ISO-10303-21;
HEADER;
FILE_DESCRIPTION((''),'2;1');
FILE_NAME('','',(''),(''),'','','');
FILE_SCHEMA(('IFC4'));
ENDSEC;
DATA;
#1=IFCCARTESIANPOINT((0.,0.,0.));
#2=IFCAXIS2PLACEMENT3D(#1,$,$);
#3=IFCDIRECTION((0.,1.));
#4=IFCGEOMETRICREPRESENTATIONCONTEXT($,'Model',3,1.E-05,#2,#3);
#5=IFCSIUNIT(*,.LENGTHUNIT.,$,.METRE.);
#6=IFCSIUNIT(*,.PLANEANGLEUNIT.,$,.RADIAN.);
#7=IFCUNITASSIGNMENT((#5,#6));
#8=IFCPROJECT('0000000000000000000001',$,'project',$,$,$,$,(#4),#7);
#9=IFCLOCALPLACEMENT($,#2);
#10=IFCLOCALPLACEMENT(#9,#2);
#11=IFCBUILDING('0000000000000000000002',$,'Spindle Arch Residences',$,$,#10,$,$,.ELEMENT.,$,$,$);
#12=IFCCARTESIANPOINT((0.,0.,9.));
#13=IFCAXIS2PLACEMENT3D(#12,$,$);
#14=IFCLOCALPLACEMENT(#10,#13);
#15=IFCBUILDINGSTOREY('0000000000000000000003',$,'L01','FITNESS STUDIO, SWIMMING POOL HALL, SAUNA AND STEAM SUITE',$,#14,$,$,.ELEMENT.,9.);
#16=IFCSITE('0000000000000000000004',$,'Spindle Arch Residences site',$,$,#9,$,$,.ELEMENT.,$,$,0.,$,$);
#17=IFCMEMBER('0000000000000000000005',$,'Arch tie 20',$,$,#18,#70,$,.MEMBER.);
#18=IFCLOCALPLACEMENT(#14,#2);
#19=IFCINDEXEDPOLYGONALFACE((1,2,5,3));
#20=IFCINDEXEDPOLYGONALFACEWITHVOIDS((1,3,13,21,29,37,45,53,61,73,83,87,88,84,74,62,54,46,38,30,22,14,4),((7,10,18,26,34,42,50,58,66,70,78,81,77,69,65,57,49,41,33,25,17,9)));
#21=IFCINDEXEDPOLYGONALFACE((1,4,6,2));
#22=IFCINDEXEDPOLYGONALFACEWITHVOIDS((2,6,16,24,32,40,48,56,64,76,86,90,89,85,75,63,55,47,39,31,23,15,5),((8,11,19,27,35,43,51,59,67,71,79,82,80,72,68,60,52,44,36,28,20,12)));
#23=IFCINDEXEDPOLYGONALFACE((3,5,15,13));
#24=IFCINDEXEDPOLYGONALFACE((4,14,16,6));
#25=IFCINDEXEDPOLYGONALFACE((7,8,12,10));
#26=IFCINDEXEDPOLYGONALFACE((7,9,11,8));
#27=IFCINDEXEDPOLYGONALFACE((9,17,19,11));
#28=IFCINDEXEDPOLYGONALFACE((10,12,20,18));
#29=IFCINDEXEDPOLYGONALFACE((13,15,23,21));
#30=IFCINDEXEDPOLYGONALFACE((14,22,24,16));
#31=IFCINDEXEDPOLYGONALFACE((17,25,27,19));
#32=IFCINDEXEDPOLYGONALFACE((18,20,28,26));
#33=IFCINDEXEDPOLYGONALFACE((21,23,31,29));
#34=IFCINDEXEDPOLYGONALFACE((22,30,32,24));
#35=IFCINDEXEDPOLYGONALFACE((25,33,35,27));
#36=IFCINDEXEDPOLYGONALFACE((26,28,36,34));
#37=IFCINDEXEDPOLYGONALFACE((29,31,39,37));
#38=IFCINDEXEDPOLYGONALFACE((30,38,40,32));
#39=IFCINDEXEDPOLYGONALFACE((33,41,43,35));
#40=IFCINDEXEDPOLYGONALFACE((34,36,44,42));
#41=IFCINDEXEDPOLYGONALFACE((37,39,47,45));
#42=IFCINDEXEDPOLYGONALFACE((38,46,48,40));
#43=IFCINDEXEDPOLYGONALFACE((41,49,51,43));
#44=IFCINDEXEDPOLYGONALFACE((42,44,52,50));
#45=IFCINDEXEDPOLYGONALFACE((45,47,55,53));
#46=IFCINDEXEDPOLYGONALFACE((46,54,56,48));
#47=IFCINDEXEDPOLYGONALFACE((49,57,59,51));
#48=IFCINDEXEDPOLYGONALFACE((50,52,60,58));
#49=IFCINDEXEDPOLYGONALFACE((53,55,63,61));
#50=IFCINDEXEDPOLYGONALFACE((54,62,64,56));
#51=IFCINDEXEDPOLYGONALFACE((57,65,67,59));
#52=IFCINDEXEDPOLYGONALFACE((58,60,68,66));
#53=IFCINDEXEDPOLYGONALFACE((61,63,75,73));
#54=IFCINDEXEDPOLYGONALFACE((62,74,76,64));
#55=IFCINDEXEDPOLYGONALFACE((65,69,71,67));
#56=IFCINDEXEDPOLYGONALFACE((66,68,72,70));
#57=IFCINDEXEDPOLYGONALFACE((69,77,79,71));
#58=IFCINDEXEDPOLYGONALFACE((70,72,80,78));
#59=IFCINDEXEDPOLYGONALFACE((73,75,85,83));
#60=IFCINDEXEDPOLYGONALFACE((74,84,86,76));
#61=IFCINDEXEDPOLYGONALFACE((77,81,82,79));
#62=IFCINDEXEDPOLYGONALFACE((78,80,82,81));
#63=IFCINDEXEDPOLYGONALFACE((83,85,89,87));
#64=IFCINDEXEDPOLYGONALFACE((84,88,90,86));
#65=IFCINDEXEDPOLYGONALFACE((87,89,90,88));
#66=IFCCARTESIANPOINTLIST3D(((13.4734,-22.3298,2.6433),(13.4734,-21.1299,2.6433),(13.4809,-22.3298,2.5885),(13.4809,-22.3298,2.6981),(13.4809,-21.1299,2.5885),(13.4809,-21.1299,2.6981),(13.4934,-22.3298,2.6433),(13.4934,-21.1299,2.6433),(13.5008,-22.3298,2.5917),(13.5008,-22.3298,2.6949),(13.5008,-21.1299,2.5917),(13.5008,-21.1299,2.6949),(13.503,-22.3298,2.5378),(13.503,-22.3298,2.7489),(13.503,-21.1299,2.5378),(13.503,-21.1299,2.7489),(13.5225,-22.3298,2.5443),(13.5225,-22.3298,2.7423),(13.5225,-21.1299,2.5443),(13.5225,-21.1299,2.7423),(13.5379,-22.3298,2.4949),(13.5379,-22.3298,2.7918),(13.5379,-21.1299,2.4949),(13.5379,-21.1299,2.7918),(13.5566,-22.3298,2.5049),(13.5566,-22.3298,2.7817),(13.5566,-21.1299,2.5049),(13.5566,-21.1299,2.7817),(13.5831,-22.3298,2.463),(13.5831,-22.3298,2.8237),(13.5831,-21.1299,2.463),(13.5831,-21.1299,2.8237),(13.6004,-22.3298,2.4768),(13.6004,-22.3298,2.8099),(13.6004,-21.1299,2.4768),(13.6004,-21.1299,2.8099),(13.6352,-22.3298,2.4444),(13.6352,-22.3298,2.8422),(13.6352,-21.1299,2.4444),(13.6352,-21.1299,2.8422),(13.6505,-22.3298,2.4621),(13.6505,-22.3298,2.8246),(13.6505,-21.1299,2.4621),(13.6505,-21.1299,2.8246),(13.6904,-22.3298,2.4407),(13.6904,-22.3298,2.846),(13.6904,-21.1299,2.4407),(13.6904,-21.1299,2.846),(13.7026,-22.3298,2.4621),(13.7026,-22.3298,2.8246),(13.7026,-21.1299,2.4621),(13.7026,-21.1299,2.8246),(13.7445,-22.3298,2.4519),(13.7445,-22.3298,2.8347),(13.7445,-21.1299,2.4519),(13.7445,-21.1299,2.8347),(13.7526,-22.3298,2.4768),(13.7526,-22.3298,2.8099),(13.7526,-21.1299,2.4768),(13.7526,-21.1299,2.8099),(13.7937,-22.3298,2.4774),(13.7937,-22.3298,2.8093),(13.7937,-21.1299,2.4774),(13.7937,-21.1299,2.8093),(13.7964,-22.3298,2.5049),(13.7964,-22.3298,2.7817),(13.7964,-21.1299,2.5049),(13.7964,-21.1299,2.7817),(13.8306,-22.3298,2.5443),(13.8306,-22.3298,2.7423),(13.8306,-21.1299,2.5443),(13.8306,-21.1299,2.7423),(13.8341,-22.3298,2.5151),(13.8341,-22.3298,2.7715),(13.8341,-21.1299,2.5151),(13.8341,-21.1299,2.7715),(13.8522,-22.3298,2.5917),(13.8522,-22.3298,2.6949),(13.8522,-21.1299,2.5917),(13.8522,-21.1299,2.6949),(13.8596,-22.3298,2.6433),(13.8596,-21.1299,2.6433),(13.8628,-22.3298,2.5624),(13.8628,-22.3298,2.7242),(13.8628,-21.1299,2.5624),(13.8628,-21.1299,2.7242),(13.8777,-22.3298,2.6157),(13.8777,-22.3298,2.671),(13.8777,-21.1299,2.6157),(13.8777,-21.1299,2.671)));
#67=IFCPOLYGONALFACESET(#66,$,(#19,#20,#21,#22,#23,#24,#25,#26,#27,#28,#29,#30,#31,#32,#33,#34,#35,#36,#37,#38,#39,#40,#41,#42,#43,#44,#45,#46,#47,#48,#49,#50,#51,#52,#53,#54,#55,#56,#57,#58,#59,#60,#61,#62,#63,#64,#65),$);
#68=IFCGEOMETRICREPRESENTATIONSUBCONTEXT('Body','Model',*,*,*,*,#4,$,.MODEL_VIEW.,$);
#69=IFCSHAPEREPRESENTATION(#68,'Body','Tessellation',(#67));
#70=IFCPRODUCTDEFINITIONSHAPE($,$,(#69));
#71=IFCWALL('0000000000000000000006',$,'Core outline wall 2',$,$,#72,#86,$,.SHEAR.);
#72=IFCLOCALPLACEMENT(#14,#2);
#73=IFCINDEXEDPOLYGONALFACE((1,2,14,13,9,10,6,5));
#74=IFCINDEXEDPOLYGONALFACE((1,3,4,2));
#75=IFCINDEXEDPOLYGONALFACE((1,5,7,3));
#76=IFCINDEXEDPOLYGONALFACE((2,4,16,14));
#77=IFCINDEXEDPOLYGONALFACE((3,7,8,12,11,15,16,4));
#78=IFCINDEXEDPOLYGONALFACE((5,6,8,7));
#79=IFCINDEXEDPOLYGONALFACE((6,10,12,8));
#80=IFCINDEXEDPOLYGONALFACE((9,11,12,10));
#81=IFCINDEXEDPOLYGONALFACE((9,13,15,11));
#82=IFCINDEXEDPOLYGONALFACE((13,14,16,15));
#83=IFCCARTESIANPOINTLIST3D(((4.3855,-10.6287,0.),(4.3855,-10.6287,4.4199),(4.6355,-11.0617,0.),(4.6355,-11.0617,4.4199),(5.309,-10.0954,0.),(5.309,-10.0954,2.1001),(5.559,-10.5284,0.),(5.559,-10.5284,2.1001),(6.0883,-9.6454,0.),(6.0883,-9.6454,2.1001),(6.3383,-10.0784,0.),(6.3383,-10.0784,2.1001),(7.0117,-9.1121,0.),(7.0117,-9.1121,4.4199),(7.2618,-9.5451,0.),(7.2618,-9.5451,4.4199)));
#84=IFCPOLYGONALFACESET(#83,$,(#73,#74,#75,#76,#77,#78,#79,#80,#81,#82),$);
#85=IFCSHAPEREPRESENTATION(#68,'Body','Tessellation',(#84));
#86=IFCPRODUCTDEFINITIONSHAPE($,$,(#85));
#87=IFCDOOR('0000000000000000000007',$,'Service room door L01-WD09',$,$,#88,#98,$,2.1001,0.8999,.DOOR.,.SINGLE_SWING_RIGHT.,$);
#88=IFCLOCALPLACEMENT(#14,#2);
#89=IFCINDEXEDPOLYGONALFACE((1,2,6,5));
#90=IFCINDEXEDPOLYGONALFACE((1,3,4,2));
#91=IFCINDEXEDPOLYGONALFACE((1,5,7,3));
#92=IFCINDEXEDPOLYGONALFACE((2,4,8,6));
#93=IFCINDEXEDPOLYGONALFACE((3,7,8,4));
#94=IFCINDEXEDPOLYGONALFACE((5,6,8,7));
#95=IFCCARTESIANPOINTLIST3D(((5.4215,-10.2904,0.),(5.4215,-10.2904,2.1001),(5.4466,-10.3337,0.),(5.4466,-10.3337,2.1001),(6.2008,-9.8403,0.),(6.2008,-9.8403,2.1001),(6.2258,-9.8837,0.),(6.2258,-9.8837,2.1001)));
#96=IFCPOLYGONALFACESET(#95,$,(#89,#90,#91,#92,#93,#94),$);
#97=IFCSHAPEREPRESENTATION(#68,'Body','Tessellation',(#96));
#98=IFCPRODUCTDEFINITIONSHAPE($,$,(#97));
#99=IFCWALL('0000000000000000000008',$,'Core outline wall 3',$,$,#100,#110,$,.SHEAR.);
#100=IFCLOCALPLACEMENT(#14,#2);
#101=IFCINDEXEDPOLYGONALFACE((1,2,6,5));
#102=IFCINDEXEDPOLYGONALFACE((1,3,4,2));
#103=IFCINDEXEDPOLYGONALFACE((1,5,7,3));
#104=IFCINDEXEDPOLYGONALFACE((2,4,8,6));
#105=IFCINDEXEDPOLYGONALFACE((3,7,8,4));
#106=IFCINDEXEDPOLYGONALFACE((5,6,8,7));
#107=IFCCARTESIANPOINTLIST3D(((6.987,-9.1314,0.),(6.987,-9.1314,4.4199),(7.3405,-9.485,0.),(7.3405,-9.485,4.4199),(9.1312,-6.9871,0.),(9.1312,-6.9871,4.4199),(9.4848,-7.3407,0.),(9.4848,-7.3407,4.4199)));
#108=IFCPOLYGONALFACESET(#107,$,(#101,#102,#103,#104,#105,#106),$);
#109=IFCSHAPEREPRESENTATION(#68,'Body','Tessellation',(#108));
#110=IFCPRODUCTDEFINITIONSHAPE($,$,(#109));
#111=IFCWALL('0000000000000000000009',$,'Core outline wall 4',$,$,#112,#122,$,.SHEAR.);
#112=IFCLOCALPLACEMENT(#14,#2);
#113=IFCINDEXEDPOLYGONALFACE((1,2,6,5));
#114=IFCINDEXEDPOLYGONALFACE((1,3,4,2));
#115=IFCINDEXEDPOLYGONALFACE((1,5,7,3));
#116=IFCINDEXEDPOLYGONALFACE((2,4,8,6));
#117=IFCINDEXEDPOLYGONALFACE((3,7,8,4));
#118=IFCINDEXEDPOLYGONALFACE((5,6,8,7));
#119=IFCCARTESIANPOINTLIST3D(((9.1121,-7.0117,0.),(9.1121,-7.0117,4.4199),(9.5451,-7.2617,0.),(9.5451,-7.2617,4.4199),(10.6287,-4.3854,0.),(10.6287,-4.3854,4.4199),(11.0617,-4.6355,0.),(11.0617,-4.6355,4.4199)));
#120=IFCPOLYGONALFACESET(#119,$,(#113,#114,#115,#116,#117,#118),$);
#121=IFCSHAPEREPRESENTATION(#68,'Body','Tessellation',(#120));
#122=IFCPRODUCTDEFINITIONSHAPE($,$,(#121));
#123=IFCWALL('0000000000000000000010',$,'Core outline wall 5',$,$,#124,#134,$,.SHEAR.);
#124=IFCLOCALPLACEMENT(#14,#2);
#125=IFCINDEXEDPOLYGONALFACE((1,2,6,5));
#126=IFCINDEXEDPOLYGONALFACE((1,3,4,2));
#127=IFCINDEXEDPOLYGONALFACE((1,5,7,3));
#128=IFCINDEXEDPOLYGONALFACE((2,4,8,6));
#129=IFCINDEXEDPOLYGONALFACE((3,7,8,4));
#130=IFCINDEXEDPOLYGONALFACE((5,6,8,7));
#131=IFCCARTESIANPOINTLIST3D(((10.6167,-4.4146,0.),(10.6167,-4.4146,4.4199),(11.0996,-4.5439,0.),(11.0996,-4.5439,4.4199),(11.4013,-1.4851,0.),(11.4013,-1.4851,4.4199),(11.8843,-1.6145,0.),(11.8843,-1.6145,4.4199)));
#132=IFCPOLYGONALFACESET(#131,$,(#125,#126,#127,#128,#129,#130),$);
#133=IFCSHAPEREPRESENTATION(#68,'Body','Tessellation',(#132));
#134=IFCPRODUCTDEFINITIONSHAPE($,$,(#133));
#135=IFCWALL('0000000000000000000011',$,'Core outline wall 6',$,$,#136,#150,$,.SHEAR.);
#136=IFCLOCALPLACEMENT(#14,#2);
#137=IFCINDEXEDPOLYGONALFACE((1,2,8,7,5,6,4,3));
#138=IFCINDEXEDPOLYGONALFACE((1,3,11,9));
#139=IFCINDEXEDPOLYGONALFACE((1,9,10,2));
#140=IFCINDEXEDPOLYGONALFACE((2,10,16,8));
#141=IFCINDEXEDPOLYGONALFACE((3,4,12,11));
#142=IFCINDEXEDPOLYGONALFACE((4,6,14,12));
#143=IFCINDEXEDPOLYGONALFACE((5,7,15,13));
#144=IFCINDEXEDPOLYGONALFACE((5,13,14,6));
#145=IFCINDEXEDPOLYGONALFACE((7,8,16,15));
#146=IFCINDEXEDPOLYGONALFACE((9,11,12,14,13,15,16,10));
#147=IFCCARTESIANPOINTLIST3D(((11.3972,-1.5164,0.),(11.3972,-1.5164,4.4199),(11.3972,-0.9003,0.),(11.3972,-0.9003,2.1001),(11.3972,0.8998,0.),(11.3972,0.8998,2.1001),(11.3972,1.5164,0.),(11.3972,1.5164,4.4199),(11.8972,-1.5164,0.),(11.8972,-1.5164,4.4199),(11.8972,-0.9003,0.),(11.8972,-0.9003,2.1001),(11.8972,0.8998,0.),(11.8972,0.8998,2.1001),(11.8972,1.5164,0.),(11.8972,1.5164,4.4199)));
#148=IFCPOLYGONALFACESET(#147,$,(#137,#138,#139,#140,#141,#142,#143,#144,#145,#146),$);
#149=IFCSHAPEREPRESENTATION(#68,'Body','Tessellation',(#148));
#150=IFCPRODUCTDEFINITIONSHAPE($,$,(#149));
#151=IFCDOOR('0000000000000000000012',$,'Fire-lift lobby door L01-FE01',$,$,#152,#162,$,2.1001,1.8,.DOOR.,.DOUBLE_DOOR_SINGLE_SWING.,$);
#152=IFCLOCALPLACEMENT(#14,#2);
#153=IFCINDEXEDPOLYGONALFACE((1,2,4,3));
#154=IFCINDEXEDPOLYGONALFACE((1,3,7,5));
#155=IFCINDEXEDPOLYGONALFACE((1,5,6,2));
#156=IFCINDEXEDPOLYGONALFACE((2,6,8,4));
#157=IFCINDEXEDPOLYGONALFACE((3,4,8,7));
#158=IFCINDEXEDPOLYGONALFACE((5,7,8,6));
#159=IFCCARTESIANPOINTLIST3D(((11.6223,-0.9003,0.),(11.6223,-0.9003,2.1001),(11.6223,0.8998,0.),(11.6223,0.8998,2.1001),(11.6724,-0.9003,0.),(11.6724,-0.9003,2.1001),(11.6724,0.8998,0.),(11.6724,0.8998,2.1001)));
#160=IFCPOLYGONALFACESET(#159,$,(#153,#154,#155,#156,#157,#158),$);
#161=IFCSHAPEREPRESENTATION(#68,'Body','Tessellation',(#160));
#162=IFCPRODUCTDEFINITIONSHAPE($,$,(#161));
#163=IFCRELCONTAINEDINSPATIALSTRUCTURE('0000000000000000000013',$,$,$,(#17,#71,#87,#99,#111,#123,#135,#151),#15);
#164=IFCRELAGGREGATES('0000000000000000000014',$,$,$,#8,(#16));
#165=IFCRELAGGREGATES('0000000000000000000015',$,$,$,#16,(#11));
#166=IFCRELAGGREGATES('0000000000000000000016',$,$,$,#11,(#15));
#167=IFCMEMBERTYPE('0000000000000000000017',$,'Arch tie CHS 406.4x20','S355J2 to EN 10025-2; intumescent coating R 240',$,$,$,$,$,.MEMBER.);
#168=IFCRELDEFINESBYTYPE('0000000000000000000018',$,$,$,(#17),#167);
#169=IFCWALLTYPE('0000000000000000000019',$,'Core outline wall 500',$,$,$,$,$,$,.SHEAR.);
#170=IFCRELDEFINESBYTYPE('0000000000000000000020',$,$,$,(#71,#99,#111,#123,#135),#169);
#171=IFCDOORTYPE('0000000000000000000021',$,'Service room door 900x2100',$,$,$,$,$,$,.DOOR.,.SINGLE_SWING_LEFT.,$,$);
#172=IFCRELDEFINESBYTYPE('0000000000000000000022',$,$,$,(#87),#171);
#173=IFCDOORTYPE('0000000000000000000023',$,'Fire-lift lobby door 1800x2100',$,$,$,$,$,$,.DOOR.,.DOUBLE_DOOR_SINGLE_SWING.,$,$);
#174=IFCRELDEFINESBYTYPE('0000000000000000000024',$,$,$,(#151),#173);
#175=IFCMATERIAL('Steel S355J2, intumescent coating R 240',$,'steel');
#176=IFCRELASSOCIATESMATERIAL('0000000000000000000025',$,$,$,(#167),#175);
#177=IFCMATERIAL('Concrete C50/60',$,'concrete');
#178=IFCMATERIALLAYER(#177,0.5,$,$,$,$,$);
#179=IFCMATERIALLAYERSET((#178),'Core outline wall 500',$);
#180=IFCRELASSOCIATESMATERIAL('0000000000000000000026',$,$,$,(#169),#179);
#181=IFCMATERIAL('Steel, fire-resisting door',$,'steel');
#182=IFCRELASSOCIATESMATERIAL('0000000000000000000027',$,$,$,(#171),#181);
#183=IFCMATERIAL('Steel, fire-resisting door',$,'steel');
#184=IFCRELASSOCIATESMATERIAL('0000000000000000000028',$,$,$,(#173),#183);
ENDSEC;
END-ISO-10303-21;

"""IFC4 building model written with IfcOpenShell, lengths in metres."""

from ifc_helpers import new_model, si_unit, direction, frame, frame_2d, origin, origin_2d, place, context, subcontext, project, spatial, rectangle, hollow_circle, extrude, material, layer, layer_set, material_profile, profile_set, type_object, element, fill, save


model = new_model("IFC4")

# Units and contexts
model_context = context("Model", 3, precision=1e-05, world=origin(), true_north=direction((0.0, 1.0)))
body_context = subcontext(model_context, "Body", "Model", "MODEL_VIEW")
ifc_project = project(units=[si_unit("LENGTHUNIT", "METRE"), si_unit("PLANEANGLEUNIT", "RADIAN")], contexts=[model_context])

# Site, building, storey
site_placement = place(None, origin())
site = spatial("IfcSite", under=ifc_project, at=site_placement, Name="Spindle Arch Residences site", CompositionType="ELEMENT", RefElevation=0.0)
building_placement = place(site_placement, origin())
building = spatial("IfcBuilding", under=site, at=building_placement, Name="Spindle Arch Residences", CompositionType="ELEMENT")
storey_placement = place(building_placement, frame((0.0, 0.0, 9.0)))
storey = spatial("IfcBuildingStorey", under=building, at=storey_placement, Name="L01", Description="FITNESS STUDIO, SWIMMING POOL HALL, SAUNA AND STEAM SUITE", CompositionType="ELEMENT", Elevation=9.0)

# Member
ifc_material_1 = material(Name="Steel S355J2, intumescent coating R 240", Category="steel")
ifc_material_profile_1 = material_profile(ifc_material_1, hollow_circle(Radius=0.2031, WallThickness=0.02, at=origin_2d()), Name="CHS 406.4x20")
ifc_profile_set_1 = profile_set([ifc_material_profile_1], Name="Steel S355J2, intumescent coating R 240")
member_type_1 = type_object("IfcMemberType", Name="Arch tie CHS 406.4x20", Description="S355J2 to EN 10025-2; intumescent coating R 240", PredefinedType="MEMBER", material=ifc_profile_set_1)
member_placement = place(storey_placement, frame((13.6765, -22.3298, 2.6433), z_axis=(0.0, 1.0, 0.0), x_axis=(-1.0, 0.0, 0.0)))
element("IfcMember", 1, at=member_placement, inside=storey, type_object=member_type_1, Name="Arch tie 20", PredefinedType="MEMBER", context=body_context, shape_type="SweptSolid", body=[
    extrude(hollow_circle(Radius=0.2031, WallThickness=0.02, at=origin_2d()), origin(), (0.0, 0.0, 1.0), 1.2),
])

# Wall, opening, door
ifc_material_2 = material(Name="Concrete C50/60", Category="concrete")
ifc_layer_1 = layer(ifc_material_2, 0.5)
ifc_layer_set_1 = layer_set([ifc_layer_1], Name="Core outline wall 500")
wall_type_1 = type_object("IfcWallType", Name="Core outline wall 500", PredefinedType="SHEAR", material=ifc_layer_set_1)
wall_1_placement = place(storey_placement, frame((4.5105, -10.8452, 0.0), z_axis=(0.0, 0.0, 1.0), x_axis=(0.865975, 0.500087, 0.0)))
wall_1 = element("IfcWall", 2, at=wall_1_placement, inside=storey, type_object=wall_type_1, Name="Core outline wall 2", PredefinedType="SHEAR", context=body_context, shape_type="SweptSolid", body=[
    extrude(rectangle(XDim=3.0327, YDim=0.5, at=frame_2d((1.5164, 0.0))), origin(), (0.0, 0.0, 1.0), 4.4199),
])
opening_1_placement = place(wall_1_placement, frame((1.0664, 0.0, 0.0)))
opening_1 = element("IfcOpeningElement", 3, at=opening_1_placement, cuts=wall_1, PredefinedType="OPENING", context=body_context, shape_type="SweptSolid", body=[
    extrude(rectangle(XDim=0.8999, YDim=2.1001, at=frame_2d((0.45, 1.05))), frame((0.0, 0.26, 0.0), z_axis=(0.0, -1.0, 0.0), x_axis=(1.0, 0.0, 0.0)), (0.0, 0.0, 1.0), 0.52),
])
ifc_material_3 = material(Name="Steel, fire-resisting door", Category="steel")
door_type_1 = type_object("IfcDoorType", Name="Service room door 900x2100", OperationType="SINGLE_SWING_LEFT", PredefinedType="DOOR", material=ifc_material_3)
door_1_placement = place(opening_1_placement, origin())
door_1 = element("IfcDoor", 4, at=door_1_placement, inside=storey, type_object=door_type_1, Name="Service room door L01-WD09", OperationType="SINGLE_SWING_RIGHT", OverallHeight=2.1001, OverallWidth=0.8999, PredefinedType="DOOR", context=body_context, shape_type="SweptSolid", body=[
    extrude(rectangle(XDim=0.8999, YDim=2.1001, at=frame_2d((0.45, 1.05))), frame((0.0, 0.0249, 0.0), z_axis=(0.0, -1.0, 0.0), x_axis=(1.0, 0.0, 0.0)), (0.0, 0.0, 1.0), 0.05),
])
fill(opening_1, door_1)

# Walls
wall_2_placement = place(storey_placement, frame((7.1638, -9.3081, 0.0), z_axis=(0.0, 0.0, 1.0), x_axis=(0.707107, 0.707107, 0.0)))
element("IfcWall", 5, at=wall_2_placement, inside=storey, type_object=wall_type_1, Name="Core outline wall 3", PredefinedType="SHEAR", context=body_context, shape_type="SweptSolid", body=[
    extrude(rectangle(XDim=3.0325, YDim=0.5, at=frame_2d((1.5161, 0.0))), origin(), (0.0, 0.0, 1.0), 4.4199),
])
for number, where, z_axis, x_axis, name in (
    (6, (9.3286, -7.1367, 0.0), (0.0, 0.0, 1.0), (0.500087, 0.865975, 0.0), "Core outline wall 4"),
    (7, (10.8582, -4.4792, 0.0), (0.0, 0.0, 1.0), (0.258735, 0.965948, 0.0), "Core outline wall 5"),
):
    element("IfcWall", number, at=place(storey_placement, frame(where, z_axis=z_axis, x_axis=x_axis)), inside=storey, type_object=wall_type_1, Name=name, PredefinedType="SHEAR", context=body_context, shape_type="SweptSolid", body=[
        extrude(rectangle(XDim=3.0327, YDim=0.5, at=frame_2d((1.5164, 0.0))), origin(), (0.0, 0.0, 1.0), 4.4199),
    ])

# Wall, opening, door
wall_3_placement = place(storey_placement, frame((11.6472, -1.5164, 0.0), z_axis=(0.0, 0.0, 1.0), x_axis=(0.0, 1.0, 0.0)))
wall_3 = element("IfcWall", 8, at=wall_3_placement, inside=storey, type_object=wall_type_1, Name="Core outline wall 6", PredefinedType="SHEAR", context=body_context, shape_type="SweptSolid", body=[
    extrude(rectangle(XDim=3.0327, YDim=0.5, at=frame_2d((1.5164, 0.0))), origin(), (0.0, 0.0, 1.0), 4.4199),
])
opening_2_placement = place(wall_3_placement, frame((0.6162, 0.0, 0.0)))
opening_2 = element("IfcOpeningElement", 9, at=opening_2_placement, cuts=wall_3, PredefinedType="OPENING", context=body_context, shape_type="SweptSolid", body=[
    extrude(rectangle(XDim=1.8, YDim=2.1001, at=frame_2d((0.8999, 1.05))), frame((0.0, 0.26, 0.0), z_axis=(0.0, -1.0, 0.0), x_axis=(1.0, 0.0, 0.0)), (0.0, 0.0, 1.0), 0.52),
])
ifc_material_4 = material(Name="Steel, fire-resisting door", Category="steel")
door_type_2 = type_object("IfcDoorType", Name="Fire-lift lobby door 1800x2100", OperationType="DOUBLE_DOOR_SINGLE_SWING", PredefinedType="DOOR", material=ifc_material_4)
door_2_placement = place(opening_2_placement, origin())
door_2 = element("IfcDoor", 10, at=door_2_placement, inside=storey, type_object=door_type_2, Name="Fire-lift lobby door L01-FE01", OperationType="DOUBLE_DOOR_SINGLE_SWING", OverallHeight=2.1001, OverallWidth=1.8, PredefinedType="DOOR", context=body_context, shape_type="SweptSolid", body=[
    extrude(rectangle(XDim=1.8, YDim=2.1001, at=frame_2d((0.8999, 1.05))), frame((0.0, 0.0249, 0.0), z_axis=(0.0, -1.0, 0.0), x_axis=(1.0, 0.0, 0.0)), (0.0, 0.0, 1.0), 0.05),
])
fill(opening_2, door_2)

save(model, "model.ifc")
